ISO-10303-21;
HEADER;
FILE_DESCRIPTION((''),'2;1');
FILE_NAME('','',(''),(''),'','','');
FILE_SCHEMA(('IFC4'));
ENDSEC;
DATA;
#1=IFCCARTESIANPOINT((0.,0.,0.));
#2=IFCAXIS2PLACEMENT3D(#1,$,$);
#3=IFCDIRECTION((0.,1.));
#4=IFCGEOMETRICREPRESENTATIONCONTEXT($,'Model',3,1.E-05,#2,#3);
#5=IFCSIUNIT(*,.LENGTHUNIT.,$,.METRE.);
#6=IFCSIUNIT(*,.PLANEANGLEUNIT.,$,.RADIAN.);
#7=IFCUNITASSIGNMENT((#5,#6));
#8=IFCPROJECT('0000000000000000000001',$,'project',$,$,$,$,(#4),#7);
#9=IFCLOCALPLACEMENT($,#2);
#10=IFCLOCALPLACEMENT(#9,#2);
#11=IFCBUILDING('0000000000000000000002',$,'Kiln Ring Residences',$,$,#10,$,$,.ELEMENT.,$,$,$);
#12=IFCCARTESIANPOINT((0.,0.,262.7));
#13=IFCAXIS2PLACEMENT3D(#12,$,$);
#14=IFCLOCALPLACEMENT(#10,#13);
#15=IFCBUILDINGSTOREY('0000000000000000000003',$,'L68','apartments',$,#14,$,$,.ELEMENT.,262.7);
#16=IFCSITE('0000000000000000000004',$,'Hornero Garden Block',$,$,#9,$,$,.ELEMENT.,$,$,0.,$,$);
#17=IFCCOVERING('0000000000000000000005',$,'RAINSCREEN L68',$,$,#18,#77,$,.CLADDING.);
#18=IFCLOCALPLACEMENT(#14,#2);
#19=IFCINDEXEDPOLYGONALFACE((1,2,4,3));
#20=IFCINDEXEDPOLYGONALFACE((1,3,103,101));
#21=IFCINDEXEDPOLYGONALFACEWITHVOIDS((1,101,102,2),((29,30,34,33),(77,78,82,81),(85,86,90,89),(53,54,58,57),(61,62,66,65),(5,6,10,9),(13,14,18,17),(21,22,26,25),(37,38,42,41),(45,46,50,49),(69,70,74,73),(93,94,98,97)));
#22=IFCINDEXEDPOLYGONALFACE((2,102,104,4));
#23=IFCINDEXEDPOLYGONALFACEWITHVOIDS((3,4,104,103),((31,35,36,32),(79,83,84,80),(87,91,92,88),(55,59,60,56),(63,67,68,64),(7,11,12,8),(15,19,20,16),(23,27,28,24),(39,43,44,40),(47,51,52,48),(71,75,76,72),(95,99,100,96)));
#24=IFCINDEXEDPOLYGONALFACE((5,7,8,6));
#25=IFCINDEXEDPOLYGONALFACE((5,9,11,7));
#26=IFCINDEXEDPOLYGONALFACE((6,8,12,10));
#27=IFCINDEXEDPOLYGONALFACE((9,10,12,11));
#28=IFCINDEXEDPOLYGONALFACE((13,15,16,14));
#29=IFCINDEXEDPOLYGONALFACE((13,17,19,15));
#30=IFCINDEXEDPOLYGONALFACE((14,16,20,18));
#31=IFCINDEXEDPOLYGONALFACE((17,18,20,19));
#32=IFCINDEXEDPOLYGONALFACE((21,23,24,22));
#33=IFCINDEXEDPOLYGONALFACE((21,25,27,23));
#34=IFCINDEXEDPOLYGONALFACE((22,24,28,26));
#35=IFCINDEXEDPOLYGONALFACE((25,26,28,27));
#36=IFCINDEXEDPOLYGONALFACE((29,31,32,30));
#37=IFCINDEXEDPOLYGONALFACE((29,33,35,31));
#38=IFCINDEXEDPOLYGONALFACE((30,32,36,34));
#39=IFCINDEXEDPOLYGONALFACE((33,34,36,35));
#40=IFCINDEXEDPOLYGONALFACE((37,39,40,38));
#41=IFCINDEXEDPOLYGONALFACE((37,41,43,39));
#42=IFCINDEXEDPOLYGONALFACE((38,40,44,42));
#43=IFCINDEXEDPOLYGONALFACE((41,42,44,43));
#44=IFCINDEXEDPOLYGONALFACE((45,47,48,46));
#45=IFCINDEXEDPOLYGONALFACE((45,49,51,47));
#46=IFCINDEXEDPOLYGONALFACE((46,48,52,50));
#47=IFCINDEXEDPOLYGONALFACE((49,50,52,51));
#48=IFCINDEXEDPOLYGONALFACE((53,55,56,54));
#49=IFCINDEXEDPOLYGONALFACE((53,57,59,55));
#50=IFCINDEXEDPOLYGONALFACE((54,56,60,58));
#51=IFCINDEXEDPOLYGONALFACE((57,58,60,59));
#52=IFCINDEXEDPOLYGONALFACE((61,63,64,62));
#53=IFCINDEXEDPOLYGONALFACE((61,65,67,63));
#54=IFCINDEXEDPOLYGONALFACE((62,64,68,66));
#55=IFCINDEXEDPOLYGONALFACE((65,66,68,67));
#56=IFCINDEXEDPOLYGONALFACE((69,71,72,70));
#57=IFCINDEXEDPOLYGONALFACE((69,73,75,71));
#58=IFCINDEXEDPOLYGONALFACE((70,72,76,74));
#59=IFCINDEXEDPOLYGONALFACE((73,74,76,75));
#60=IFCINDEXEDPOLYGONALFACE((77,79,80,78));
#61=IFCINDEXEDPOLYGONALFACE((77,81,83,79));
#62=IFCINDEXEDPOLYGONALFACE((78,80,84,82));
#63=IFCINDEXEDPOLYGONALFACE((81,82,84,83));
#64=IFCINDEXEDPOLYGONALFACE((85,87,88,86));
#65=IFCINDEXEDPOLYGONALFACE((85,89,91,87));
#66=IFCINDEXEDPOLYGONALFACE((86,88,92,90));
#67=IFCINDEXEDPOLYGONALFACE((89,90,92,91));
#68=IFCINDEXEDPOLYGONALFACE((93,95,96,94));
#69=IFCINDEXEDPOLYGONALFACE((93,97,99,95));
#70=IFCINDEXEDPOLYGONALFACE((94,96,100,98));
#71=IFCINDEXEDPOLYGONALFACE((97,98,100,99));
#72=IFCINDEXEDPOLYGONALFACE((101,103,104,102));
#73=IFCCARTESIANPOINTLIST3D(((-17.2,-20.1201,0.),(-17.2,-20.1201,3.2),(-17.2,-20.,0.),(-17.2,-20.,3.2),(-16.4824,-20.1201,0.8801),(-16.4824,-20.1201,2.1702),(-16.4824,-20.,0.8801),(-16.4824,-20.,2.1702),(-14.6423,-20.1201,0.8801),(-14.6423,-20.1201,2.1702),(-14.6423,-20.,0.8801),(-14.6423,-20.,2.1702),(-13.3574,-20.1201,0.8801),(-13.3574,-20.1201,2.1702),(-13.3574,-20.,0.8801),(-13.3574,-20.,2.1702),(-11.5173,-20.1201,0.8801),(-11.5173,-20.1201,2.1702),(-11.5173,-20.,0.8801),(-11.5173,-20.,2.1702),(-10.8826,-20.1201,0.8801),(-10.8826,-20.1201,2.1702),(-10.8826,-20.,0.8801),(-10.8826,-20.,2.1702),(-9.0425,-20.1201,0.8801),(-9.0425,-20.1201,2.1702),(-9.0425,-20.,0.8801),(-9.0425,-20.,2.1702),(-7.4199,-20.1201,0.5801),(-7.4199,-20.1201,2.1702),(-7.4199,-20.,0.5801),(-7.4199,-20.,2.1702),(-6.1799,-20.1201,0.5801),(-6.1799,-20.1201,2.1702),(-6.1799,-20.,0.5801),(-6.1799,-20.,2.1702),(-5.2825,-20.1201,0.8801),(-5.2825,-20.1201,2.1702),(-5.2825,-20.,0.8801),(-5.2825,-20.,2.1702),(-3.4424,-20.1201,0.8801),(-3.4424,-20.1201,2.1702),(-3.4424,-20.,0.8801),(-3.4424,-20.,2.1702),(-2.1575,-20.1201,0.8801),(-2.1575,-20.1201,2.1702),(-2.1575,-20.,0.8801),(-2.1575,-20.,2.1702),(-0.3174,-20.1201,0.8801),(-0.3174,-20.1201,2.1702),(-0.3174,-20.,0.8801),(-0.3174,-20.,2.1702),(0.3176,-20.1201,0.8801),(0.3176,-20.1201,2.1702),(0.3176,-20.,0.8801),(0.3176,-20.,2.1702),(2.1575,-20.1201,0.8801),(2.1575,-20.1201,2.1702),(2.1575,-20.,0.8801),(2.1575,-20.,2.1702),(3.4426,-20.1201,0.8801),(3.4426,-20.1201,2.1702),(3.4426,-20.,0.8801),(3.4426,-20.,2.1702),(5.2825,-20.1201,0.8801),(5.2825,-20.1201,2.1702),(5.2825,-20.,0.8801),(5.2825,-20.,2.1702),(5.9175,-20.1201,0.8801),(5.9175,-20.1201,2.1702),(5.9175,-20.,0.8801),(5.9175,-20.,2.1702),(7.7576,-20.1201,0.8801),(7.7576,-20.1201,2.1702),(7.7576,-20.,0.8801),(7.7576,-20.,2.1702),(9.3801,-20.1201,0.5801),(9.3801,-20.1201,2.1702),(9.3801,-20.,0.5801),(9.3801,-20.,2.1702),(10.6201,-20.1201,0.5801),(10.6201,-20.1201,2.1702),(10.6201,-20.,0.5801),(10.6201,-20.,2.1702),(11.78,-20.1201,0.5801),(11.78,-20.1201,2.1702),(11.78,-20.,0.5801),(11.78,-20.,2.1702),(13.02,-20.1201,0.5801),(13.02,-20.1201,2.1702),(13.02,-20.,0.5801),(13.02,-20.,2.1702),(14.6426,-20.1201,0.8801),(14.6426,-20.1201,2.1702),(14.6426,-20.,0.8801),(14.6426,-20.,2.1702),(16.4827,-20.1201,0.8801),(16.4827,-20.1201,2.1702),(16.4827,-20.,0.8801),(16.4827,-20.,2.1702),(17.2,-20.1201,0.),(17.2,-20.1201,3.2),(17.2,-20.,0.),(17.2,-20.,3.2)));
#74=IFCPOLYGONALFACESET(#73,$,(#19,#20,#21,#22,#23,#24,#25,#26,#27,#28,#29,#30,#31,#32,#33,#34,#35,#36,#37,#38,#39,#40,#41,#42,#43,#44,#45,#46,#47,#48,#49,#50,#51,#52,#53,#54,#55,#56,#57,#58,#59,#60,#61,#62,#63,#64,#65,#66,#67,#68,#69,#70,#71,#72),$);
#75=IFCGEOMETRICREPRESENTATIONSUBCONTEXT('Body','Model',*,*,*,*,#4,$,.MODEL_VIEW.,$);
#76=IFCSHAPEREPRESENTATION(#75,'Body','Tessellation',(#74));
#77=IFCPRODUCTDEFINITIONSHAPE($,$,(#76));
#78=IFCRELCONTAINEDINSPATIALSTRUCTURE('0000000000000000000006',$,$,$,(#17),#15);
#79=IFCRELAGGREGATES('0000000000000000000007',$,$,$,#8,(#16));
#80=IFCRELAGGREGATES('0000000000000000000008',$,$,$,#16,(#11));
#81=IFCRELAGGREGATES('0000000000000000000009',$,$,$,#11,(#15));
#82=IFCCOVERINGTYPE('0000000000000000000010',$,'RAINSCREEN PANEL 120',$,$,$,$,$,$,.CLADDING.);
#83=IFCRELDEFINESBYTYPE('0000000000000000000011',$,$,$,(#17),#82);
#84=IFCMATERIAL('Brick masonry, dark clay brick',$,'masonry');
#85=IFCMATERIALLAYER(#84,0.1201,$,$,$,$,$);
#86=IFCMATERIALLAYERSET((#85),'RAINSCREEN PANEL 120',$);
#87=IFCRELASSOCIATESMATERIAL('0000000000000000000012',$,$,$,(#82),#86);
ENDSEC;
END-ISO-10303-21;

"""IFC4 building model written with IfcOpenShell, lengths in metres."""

from ifc_helpers import new_model, si_unit, direction, frame, origin, place, context, subcontext, project, spatial, polyline, outline, extrude, material, layer, layer_set, type_object, element, save


model = new_model("IFC4")

# Units and contexts
model_context = context("Model", 3, precision=1e-05, world=origin(), true_north=direction((0.0, 1.0)))
body_context = subcontext(model_context, "Body", "Model", "MODEL_VIEW")
ifc_project = project(units=[si_unit("LENGTHUNIT", "METRE"), si_unit("PLANEANGLEUNIT", "RADIAN")], contexts=[model_context])

# Site, building, storey
site_placement = place(None, origin())
site = spatial("IfcSite", under=ifc_project, at=site_placement, Name="Hornero Garden Block", CompositionType="ELEMENT", RefElevation=0.0)
building_placement = place(site_placement, origin())
building = spatial("IfcBuilding", under=site, at=building_placement, Name="Kiln Ring Residences", CompositionType="ELEMENT")
storey_placement = place(building_placement, frame((0.0, 0.0, 262.7)))
storey = spatial("IfcBuildingStorey", under=building, at=storey_placement, Name="L68", Description="apartments", CompositionType="ELEMENT", Elevation=262.7)

# Covering
ifc_material_1 = material(Name="Brick masonry, dark clay brick", Category="masonry")
ifc_layer_1 = layer(ifc_material_1, 0.1201)
ifc_layer_set_1 = layer_set([ifc_layer_1], Name="RAINSCREEN PANEL 120")
covering_type = type_object("IfcCoveringType", Name="RAINSCREEN PANEL 120", PredefinedType="CLADDING", material=ifc_layer_set_1)
covering_placement = place(storey_placement, frame((-17.2, -20.0601, 0.0), z_axis=(0.0, 0.0, 1.0), x_axis=(1.0, 0.0, 0.0)))
element("IfcCovering", 1, at=covering_placement, inside=storey, type_object=covering_type, Name="RAINSCREEN L68", PredefinedType="CLADDING", context=body_context, shape_type="SweptSolid", body=[
    extrude(outline(polyline([(0.0, 0.0), (34.3999, 0.0), (34.3999, 3.2), (0.0, 3.2), (0.0, 0.0)]), holes=[polyline([(9.78, 0.5801), (11.02, 0.5801), (11.02, 2.1702), (9.78, 2.1702), (9.78, 0.5801)]), polyline([(0.7175, 2.1702), (0.7175, 0.8801), (2.5576, 0.8801), (2.5576, 2.1702), (0.7175, 2.1702)]), polyline([(3.8425, 2.1702), (3.8425, 0.8801), (5.6826, 0.8801), (5.6826, 2.1702), (3.8425, 2.1702)]), polyline([(6.3174, 0.8801), (8.1575, 0.8801), (8.1575, 2.1702), (6.3174, 2.1702), (6.3174, 0.8801)]), polyline([(11.9175, 2.1702), (11.9175, 0.8801), (13.7576, 0.8801), (13.7576, 2.1702), (11.9175, 2.1702)]), polyline([(15.0425, 2.1702), (15.0425, 0.8801), (16.8826, 0.8801), (16.8826, 2.1702), (15.0425, 2.1702)]), polyline([(26.5801, 0.5801), (27.8201, 0.5801), (27.8201, 2.1702), (26.5801, 2.1702), (26.5801, 0.5801)]), polyline([(28.98, 2.1702), (28.98, 0.5801), (30.22, 0.5801), (30.22, 2.1702), (28.98, 2.1702)]), polyline([(17.5176, 2.1702), (17.5176, 0.8801), (19.3574, 0.8801), (19.3574, 2.1702), (17.5176, 2.1702)]), polyline([(20.6426, 0.8801), (22.4824, 0.8801), (22.4824, 2.1702), (20.6426, 2.1702), (20.6426, 0.8801)]), polyline([(23.1174, 2.1702), (23.1174, 0.8801), (24.9575, 0.8801), (24.9575, 2.1702), (23.1174, 2.1702)]), polyline([(31.8425, 2.1702), (31.8425, 0.8801), (33.6826, 0.8801), (33.6826, 2.1702), (31.8425, 2.1702)])]), frame((0.0, 0.0601, 0.0), z_axis=(0.0, -1.0, 0.0), x_axis=(1.0, 0.0, 0.0)), (0.0, 0.0, 1.0), 0.1201),
])

save(model, "model.ifc")
